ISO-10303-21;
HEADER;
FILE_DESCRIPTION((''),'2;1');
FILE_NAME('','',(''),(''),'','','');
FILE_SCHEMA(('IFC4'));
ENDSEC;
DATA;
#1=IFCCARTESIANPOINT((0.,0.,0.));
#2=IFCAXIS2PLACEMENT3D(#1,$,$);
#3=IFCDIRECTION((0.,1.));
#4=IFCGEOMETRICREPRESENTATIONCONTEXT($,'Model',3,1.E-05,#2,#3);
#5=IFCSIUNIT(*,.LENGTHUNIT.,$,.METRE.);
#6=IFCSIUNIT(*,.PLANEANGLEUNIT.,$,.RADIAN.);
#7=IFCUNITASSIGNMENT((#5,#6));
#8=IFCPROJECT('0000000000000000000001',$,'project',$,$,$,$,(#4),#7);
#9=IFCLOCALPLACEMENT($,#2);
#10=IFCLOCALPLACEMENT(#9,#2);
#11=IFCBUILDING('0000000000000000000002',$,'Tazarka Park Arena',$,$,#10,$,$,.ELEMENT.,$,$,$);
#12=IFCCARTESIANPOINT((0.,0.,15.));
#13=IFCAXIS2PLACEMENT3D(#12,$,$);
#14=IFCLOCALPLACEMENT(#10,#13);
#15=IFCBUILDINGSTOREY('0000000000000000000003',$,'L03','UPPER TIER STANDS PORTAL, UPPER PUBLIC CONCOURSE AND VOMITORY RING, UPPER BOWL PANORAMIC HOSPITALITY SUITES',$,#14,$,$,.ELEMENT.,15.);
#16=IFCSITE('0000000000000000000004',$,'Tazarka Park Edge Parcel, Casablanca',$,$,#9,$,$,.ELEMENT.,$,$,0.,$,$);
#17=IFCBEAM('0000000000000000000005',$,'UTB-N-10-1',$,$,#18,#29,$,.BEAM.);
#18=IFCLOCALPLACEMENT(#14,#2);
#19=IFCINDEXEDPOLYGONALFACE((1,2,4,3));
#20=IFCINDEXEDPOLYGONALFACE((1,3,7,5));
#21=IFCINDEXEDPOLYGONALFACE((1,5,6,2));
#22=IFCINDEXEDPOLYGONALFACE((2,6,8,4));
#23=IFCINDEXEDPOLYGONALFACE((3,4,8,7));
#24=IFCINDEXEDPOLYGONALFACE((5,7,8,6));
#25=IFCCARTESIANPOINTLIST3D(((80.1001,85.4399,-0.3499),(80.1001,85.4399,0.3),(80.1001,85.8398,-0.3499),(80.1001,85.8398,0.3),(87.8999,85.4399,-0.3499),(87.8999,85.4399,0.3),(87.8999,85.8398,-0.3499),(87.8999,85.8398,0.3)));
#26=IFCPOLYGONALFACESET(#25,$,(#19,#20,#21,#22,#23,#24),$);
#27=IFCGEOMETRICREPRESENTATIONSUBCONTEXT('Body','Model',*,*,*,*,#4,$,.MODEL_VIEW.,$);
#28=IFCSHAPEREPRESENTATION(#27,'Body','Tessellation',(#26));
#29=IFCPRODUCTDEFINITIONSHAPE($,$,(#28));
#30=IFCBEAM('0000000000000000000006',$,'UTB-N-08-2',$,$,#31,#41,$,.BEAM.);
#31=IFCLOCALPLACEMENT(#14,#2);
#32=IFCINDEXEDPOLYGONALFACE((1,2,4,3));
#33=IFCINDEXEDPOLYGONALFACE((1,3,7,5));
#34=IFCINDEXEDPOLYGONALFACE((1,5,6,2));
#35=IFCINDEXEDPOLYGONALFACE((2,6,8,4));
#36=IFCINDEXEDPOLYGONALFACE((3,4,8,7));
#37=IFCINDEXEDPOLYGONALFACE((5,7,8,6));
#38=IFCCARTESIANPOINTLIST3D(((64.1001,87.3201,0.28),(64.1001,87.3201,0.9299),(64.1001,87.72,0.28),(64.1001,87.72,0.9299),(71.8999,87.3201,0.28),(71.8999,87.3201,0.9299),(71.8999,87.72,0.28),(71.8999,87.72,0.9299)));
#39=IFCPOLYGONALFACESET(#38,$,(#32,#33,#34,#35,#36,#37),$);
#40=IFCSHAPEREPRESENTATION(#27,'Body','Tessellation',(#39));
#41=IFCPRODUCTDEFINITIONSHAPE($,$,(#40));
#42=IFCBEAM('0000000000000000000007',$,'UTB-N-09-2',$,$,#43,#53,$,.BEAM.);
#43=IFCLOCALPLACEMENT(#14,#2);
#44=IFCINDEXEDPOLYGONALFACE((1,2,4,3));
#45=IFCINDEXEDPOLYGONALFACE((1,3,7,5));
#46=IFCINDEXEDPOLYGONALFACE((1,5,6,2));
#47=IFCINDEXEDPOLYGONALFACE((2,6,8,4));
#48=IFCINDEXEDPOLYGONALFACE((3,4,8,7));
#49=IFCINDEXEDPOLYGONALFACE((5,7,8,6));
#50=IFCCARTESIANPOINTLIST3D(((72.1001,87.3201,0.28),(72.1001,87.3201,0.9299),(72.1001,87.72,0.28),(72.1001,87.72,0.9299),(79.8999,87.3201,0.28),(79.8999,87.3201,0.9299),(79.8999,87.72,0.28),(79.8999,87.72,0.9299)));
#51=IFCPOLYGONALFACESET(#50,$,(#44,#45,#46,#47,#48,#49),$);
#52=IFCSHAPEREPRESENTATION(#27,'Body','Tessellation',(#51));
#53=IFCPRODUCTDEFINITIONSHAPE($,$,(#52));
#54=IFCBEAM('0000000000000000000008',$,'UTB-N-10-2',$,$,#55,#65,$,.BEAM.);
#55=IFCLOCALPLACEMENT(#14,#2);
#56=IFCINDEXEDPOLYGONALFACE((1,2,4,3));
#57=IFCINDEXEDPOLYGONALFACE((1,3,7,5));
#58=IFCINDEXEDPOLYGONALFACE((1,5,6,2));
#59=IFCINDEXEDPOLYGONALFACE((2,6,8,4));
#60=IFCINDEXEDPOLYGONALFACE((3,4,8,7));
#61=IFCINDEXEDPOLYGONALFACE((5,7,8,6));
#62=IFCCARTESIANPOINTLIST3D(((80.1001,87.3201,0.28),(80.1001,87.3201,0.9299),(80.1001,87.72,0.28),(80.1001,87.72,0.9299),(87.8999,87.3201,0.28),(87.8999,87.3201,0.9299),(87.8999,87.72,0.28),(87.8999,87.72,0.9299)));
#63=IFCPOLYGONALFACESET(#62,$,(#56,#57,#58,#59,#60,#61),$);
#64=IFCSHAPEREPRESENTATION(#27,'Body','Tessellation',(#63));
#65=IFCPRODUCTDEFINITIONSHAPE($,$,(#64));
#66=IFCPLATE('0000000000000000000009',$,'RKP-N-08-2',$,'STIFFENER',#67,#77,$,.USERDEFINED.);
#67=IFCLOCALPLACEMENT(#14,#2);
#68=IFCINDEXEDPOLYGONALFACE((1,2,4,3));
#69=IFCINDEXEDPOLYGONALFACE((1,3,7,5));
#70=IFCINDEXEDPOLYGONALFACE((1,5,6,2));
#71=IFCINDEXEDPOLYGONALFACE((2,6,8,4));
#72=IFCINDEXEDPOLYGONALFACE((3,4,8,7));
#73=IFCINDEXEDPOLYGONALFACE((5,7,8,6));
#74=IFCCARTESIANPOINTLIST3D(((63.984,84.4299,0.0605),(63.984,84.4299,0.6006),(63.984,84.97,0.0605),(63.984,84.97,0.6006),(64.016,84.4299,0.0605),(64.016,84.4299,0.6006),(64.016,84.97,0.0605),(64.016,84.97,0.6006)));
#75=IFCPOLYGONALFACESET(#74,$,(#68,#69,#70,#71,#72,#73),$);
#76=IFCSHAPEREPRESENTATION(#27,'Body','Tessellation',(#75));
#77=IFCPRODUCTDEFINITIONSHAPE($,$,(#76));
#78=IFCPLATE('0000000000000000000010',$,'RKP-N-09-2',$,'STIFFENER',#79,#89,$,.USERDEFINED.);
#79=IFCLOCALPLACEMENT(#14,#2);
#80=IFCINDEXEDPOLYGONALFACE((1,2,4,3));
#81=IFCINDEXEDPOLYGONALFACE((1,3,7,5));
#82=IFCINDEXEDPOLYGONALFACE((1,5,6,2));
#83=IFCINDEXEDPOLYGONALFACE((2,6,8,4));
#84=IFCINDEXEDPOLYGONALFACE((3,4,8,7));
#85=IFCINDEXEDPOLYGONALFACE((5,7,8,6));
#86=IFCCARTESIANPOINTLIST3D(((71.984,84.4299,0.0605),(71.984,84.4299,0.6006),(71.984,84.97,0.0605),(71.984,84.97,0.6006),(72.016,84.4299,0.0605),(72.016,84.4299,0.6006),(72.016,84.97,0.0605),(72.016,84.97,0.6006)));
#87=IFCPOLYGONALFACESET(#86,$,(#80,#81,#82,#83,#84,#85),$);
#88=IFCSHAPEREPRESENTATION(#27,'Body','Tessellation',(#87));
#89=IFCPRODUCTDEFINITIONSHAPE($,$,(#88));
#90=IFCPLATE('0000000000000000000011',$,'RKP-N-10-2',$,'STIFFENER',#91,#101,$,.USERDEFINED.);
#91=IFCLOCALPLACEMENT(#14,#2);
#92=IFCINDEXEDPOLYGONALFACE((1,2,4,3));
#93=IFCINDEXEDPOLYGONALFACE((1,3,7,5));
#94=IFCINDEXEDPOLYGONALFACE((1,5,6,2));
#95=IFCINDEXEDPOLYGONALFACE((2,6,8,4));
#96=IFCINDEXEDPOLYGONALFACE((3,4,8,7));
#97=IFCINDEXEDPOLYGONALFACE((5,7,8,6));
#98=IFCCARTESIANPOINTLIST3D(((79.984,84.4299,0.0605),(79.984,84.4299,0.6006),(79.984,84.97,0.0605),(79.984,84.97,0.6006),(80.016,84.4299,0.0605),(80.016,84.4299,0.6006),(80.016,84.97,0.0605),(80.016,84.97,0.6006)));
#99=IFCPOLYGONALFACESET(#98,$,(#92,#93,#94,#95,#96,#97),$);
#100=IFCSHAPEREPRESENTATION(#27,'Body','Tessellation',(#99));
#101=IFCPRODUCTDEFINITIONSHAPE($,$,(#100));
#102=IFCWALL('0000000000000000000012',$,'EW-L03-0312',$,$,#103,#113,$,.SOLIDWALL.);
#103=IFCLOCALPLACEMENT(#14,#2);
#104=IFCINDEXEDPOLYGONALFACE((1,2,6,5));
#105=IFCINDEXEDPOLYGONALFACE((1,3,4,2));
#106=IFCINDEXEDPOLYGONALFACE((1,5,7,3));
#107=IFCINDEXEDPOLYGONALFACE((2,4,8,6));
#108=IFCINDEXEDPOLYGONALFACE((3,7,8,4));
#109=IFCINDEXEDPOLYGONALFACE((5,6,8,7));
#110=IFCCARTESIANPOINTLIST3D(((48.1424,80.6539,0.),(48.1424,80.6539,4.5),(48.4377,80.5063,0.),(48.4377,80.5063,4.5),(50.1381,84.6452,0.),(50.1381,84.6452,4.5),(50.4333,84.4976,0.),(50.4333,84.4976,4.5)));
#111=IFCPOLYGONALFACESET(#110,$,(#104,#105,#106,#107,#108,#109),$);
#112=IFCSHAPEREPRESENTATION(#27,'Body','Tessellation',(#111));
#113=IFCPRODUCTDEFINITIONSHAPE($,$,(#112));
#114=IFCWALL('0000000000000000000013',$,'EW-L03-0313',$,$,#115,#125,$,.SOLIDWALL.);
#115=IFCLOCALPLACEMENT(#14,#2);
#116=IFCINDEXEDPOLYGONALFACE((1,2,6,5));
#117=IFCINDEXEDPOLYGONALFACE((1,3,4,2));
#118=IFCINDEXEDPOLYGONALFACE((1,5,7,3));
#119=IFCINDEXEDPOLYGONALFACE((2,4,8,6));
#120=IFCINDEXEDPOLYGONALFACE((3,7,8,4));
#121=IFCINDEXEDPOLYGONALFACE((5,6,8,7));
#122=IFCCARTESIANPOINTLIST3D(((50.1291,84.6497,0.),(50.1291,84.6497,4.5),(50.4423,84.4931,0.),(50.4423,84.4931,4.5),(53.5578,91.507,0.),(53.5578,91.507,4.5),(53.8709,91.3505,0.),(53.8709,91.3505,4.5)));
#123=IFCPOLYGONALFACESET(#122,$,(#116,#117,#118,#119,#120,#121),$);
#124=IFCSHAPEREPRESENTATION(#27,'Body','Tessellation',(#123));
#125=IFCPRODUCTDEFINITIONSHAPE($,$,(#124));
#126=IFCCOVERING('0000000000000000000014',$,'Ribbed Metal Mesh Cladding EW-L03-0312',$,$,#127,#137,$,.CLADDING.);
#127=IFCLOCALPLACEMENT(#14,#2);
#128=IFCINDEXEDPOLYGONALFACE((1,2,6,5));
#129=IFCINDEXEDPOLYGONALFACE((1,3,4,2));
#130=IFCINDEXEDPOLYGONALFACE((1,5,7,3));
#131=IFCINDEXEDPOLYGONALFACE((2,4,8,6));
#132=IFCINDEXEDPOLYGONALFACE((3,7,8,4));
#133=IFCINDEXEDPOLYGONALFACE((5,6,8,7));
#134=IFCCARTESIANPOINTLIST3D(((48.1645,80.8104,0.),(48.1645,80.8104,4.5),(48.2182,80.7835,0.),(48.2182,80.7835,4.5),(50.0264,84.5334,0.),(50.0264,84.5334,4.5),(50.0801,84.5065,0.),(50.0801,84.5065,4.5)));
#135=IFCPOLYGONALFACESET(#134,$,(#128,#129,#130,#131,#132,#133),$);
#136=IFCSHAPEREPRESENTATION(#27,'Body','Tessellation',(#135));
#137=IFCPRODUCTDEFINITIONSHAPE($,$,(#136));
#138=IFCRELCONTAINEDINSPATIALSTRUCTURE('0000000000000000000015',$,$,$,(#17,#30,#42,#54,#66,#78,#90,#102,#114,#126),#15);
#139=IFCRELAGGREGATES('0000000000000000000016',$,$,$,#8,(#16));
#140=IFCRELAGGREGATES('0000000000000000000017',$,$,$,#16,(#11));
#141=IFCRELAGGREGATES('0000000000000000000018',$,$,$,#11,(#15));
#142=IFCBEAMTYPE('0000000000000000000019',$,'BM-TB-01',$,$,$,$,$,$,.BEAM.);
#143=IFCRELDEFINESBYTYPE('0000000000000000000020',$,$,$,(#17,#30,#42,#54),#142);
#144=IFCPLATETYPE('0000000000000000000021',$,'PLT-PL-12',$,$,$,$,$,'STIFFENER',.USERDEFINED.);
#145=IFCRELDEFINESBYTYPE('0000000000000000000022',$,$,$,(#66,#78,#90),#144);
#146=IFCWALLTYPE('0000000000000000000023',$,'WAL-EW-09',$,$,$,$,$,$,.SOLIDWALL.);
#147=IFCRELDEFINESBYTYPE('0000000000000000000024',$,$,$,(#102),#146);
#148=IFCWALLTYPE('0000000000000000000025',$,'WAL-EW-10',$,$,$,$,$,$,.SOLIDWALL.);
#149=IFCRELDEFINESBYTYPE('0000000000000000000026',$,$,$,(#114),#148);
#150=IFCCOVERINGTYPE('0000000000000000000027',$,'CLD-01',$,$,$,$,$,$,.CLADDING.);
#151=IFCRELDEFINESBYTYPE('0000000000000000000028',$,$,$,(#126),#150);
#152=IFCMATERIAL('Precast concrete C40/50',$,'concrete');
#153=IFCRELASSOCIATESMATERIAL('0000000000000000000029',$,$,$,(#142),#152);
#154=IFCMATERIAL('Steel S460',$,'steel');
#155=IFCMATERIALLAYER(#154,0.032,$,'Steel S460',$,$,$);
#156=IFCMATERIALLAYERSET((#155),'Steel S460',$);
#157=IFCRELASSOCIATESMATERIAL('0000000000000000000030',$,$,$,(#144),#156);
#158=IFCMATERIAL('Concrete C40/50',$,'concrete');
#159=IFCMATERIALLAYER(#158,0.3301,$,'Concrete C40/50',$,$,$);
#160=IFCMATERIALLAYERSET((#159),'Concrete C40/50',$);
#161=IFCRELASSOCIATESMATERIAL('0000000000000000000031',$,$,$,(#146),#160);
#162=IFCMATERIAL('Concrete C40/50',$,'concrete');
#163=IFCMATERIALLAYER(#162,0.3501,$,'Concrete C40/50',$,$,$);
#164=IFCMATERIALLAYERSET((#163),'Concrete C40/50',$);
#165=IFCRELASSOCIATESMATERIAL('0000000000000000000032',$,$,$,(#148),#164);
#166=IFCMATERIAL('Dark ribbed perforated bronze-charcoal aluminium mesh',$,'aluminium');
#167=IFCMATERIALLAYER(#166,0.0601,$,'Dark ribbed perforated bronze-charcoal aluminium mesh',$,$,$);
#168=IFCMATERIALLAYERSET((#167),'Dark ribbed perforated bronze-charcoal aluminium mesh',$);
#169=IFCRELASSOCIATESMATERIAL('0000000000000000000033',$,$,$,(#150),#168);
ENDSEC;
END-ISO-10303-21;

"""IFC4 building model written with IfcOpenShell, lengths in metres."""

from ifc_helpers import new_model, si_unit, direction, frame, frame_2d, origin, origin_2d, place, context, subcontext, project, spatial, rectangle, extrude, material, layer, layer_set, material_profile, profile_set, type_object, element, save


model = new_model("IFC4")

# Units and contexts
model_context = context("Model", 3, precision=1e-05, world=origin(), true_north=direction((0.0, 1.0)))
body_context = subcontext(model_context, "Body", "Model", "MODEL_VIEW")
ifc_project = project(units=[si_unit("LENGTHUNIT", "METRE"), si_unit("PLANEANGLEUNIT", "RADIAN")], contexts=[model_context])

# Site, building, storey
site_placement = place(None, origin())
site = spatial("IfcSite", under=ifc_project, at=site_placement, Name="Tazarka Park Edge Parcel, Casablanca", CompositionType="ELEMENT", RefElevation=0.0)
building_placement = place(site_placement, origin())
building = spatial("IfcBuilding", under=site, at=building_placement, Name="Tazarka Park Arena", CompositionType="ELEMENT")
storey_placement = place(building_placement, frame((0.0, 0.0, 15.0)))
storey = spatial("IfcBuildingStorey", under=building, at=storey_placement, Name="L03", Description="UPPER TIER STANDS PORTAL, UPPER PUBLIC CONCOURSE AND VOMITORY RING, UPPER BOWL PANORAMIC HOSPITALITY SUITES", CompositionType="ELEMENT", Elevation=15.0)

# Beams
ifc_material_1 = material(Name="Precast concrete C40/50", Category="concrete")
ifc_material_profile_1 = material_profile(ifc_material_1, rectangle(XDim=0.3999, YDim=0.6499, at=origin_2d()), Name="Precast concrete C40/50")
ifc_profile_set_1 = profile_set([ifc_material_profile_1], Name="Precast concrete C40/50")
beam_type_1 = type_object("IfcBeamType", Name="BM-TB-01", PredefinedType="BEAM", material=ifc_profile_set_1)
for number, where, z_axis, x_axis, name in (
    (1, (80.1001, 85.6399, -0.0249), (1.0, 0.0, 0.0), (0.0, 1.0, 0.0), "UTB-N-10-1"),
    (2, (64.1001, 87.52, 0.605), (1.0, 0.0, 0.0), (0.0, 1.0, 0.0), "UTB-N-08-2"),
    (3, (72.1001, 87.52, 0.605), (1.0, 0.0, 0.0), (0.0, 1.0, 0.0), "UTB-N-09-2"),
    (4, (80.1001, 87.52, 0.605), (1.0, 0.0, 0.0), (0.0, 1.0, 0.0), "UTB-N-10-2"),
):
    element("IfcBeam", number, at=place(storey_placement, frame(where, z_axis=z_axis, x_axis=x_axis)), inside=storey, type_object=beam_type_1, Name=name, PredefinedType="BEAM", context=body_context, shape_type="SweptSolid", body=[
        extrude(rectangle(XDim=0.3999, YDim=0.6499, at=origin_2d()), origin(), (0.0, 0.0, 1.0), 7.7998),
    ])

# Plates
ifc_material_2 = material(Name="Steel S460", Category="steel")
ifc_layer_1 = layer(ifc_material_2, 0.032, Name="Steel S460")
ifc_layer_set_1 = layer_set([ifc_layer_1], Name="Steel S460")
plate_type = type_object("IfcPlateType", Name="PLT-PL-12", ElementType="STIFFENER", PredefinedType="USERDEFINED", material=ifc_layer_set_1)
for number, where, z_axis, x_axis, name in (
    (5, (64.0, 84.7, 0.0605), (0.0, 0.0, 1.0), (1.0, 0.0, 0.0), "RKP-N-08-2"),
    (6, (72.0, 84.7, 0.0605), (0.0, 0.0, 1.0), (1.0, 0.0, 0.0), "RKP-N-09-2"),
    (7, (80.0, 84.7, 0.0605), (0.0, 0.0, 1.0), (1.0, 0.0, 0.0), "RKP-N-10-2"),
):
    element("IfcPlate", number, at=place(storey_placement, frame(where, z_axis=z_axis, x_axis=x_axis)), inside=storey, type_object=plate_type, Name=name, ObjectType="STIFFENER", PredefinedType="USERDEFINED", context=body_context, shape_type="SweptSolid", body=[
        extrude(rectangle(XDim=0.032, YDim=0.54, at=origin_2d()), origin(), (0.0, 0.0, 1.0), 0.54),
    ])

# Walls
ifc_material_3 = material(Name="Concrete C40/50", Category="concrete")
ifc_layer_2 = layer(ifc_material_3, 0.3301, Name="Concrete C40/50")
ifc_layer_set_2 = layer_set([ifc_layer_2], Name="Concrete C40/50")
wall_type_1 = type_object("IfcWallType", Name="WAL-EW-09", PredefinedType="SOLIDWALL", material=ifc_layer_set_2)
wall_1_placement = place(storey_placement, frame((48.29, 80.5801, 0.0), z_axis=(0.0, 0.0, 1.0), x_axis=(0.447214, 0.894427, 0.0)))
element("IfcWall", 8, at=wall_1_placement, inside=storey, type_object=wall_type_1, Name="EW-L03-0312", PredefinedType="SOLIDWALL", context=body_context, shape_type="SweptSolid", body=[
    extrude(rectangle(XDim=4.4624, YDim=0.3301, at=frame_2d((2.2312, 0.0))), origin(), (0.0, 0.0, 1.0), 4.5),
])
ifc_material_4 = material(Name="Concrete C40/50", Category="concrete")
ifc_layer_3 = layer(ifc_material_4, 0.3501, Name="Concrete C40/50")
ifc_layer_set_3 = layer_set([ifc_layer_3], Name="Concrete C40/50")
wall_type_2 = type_object("IfcWallType", Name="WAL-EW-10", PredefinedType="SOLIDWALL", material=ifc_layer_set_3)
wall_2_placement = place(storey_placement, frame((50.2856, 84.5713, 0.0), z_axis=(0.0, 0.0, 1.0), x_axis=(0.447214, 0.894427, 0.0)))
element("IfcWall", 9, at=wall_2_placement, inside=storey, type_object=wall_type_2, Name="EW-L03-0313", PredefinedType="SOLIDWALL", context=body_context, shape_type="SweptSolid", body=[
    extrude(rectangle(XDim=7.6667, YDim=0.3501, at=frame_2d((3.8335, 0.0))), origin(), (0.0, 0.0, 1.0), 4.5),
])

# Covering
ifc_material_5 = material(Name="Dark ribbed perforated bronze-charcoal aluminium mesh", Category="aluminium")
ifc_layer_4 = layer(ifc_material_5, 0.0601, Name="Dark ribbed perforated bronze-charcoal aluminium mesh")
ifc_layer_set_4 = layer_set([ifc_layer_4], Name="Dark ribbed perforated bronze-charcoal aluminium mesh")
covering_type = type_object("IfcCoveringType", Name="CLD-01", PredefinedType="CLADDING", material=ifc_layer_set_4)
covering_placement = place(storey_placement, frame((49.1223, 82.6584, 0.0), z_axis=(0.0, 0.0, 1.0), x_axis=(0.447291, 0.894389, 0.0)))
element("IfcCovering", 10, at=covering_placement, inside=storey, type_object=covering_type, Name="Ribbed Metal Mesh Cladding EW-L03-0312", PredefinedType="CLADDING", context=body_context, shape_type="SweptSolid", body=[
    extrude(rectangle(XDim=4.1626, YDim=0.0601, at=origin_2d()), origin(), (0.0, 0.0, 1.0), 4.5),
])

save(model, "model.ifc")
